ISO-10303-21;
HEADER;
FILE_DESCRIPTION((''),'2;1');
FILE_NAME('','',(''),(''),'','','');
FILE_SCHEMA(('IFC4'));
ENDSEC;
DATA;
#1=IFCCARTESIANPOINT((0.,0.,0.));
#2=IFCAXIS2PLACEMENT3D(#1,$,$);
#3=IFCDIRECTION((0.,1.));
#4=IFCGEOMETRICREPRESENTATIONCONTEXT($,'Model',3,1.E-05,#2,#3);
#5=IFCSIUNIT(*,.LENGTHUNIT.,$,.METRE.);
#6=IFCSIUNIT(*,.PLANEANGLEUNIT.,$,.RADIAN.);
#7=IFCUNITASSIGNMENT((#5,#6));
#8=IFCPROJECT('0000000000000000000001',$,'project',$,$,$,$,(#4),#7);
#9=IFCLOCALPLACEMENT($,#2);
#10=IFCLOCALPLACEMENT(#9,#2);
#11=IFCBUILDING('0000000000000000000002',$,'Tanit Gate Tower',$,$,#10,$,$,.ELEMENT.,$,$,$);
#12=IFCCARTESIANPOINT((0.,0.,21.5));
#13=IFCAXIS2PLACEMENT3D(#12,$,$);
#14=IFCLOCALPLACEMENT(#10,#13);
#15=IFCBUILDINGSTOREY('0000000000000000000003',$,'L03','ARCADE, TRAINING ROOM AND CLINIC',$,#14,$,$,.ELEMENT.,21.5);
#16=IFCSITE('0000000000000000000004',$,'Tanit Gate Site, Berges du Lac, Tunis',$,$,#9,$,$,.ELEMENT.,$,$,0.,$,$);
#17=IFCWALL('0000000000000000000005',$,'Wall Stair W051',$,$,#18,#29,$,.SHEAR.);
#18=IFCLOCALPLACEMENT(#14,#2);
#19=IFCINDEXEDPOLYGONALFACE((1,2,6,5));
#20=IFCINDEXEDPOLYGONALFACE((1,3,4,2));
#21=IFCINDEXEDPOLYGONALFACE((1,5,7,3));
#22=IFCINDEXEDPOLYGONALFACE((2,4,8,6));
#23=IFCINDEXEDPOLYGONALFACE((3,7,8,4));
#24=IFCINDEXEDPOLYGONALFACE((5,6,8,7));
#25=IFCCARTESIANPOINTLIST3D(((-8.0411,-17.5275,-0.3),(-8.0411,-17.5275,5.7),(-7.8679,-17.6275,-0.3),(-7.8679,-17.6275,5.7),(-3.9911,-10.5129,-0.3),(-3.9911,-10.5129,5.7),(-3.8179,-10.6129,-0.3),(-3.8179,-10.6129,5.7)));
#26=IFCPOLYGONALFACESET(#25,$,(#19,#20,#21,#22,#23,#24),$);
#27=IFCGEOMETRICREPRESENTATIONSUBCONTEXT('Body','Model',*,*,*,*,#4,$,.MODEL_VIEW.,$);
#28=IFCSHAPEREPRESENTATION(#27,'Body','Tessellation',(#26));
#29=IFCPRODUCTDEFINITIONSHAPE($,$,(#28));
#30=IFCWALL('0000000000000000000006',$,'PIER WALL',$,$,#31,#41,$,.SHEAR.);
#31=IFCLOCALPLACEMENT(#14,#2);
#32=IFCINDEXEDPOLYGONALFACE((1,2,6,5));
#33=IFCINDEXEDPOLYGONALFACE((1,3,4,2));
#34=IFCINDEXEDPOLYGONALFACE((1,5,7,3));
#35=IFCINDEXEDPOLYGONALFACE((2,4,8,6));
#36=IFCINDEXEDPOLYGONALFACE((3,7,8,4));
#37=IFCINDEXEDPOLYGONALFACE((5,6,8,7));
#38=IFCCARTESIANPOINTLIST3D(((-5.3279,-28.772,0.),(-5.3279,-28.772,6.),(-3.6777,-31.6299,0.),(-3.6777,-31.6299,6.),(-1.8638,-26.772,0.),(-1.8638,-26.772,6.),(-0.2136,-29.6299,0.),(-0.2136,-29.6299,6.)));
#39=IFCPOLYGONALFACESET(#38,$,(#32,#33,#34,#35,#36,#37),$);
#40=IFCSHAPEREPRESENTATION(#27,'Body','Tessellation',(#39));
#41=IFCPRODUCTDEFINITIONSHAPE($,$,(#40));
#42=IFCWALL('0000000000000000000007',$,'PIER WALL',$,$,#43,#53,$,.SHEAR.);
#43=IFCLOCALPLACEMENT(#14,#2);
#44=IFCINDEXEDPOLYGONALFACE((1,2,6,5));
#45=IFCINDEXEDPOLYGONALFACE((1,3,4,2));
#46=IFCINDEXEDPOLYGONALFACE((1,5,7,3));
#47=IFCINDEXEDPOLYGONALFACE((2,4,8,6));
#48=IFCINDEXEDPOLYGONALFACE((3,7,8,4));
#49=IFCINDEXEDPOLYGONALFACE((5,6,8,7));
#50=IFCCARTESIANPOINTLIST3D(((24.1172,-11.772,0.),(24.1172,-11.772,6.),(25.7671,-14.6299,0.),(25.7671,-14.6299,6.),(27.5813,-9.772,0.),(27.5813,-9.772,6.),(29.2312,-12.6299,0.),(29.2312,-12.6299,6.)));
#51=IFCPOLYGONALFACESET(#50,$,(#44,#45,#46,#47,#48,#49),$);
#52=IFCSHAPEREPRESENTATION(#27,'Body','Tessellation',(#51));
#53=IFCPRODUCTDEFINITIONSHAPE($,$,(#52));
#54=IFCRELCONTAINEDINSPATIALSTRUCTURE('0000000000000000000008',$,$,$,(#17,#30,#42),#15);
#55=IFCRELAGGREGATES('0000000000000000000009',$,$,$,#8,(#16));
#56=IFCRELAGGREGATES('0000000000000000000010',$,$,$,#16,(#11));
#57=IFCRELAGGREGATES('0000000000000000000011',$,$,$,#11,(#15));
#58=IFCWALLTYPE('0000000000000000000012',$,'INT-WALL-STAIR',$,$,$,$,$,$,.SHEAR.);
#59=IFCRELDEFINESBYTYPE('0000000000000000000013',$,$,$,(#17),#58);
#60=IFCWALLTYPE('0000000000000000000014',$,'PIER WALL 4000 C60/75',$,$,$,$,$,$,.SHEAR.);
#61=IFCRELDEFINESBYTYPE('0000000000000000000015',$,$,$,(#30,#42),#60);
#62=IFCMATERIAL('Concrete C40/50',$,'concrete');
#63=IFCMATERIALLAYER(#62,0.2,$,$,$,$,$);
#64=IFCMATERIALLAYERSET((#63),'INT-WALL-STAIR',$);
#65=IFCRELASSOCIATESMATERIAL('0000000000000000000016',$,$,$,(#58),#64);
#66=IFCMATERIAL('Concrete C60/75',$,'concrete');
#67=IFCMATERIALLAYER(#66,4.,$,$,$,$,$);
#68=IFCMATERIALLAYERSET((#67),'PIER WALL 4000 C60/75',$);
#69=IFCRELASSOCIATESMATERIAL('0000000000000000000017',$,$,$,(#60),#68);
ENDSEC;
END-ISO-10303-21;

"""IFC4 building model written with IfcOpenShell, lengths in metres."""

from ifc_helpers import new_model, si_unit, direction, frame, frame_2d, origin, place, context, subcontext, project, spatial, polyline, rectangle, outline, extrude, material, layer, layer_set, type_object, element, save


model = new_model("IFC4")

# Units and contexts
model_context = context("Model", 3, precision=1e-05, world=origin(), true_north=direction((0.0, 1.0)))
body_context = subcontext(model_context, "Body", "Model", "MODEL_VIEW")
ifc_project = project(units=[si_unit("LENGTHUNIT", "METRE"), si_unit("PLANEANGLEUNIT", "RADIAN")], contexts=[model_context])

# Site, building, storey
site_placement = place(None, origin())
site = spatial("IfcSite", under=ifc_project, at=site_placement, Name="Tanit Gate Site, Berges du Lac, Tunis", CompositionType="ELEMENT", RefElevation=0.0)
building_placement = place(site_placement, origin())
building = spatial("IfcBuilding", under=site, at=building_placement, Name="Tanit Gate Tower", CompositionType="ELEMENT")
storey_placement = place(building_placement, frame((0.0, 0.0, 21.5)))
storey = spatial("IfcBuildingStorey", under=building, at=storey_placement, Name="L03", Description="ARCADE, TRAINING ROOM AND CLINIC", CompositionType="ELEMENT", Elevation=21.5)

# Walls
ifc_material_1 = material(Name="Concrete C40/50", Category="concrete")
ifc_layer_1 = layer(ifc_material_1, 0.2)
ifc_layer_set_1 = layer_set([ifc_layer_1], Name="INT-WALL-STAIR")
wall_type_1 = type_object("IfcWallType", Name="INT-WALL-STAIR", PredefinedType="SHEAR", material=ifc_layer_set_1)
wall_1_placement = place(storey_placement, frame((-3.9045, -10.563, -0.3), z_axis=(0.0, 0.0, 1.0), x_axis=(-0.500013, -0.866018, 0.0)))
element("IfcWall", 1, at=wall_1_placement, inside=storey, type_object=wall_type_1, Name="Wall Stair W051", PredefinedType="SHEAR", context=body_context, shape_type="SweptSolid", body=[
    extrude(rectangle(XDim=8.0999, YDim=0.2, at=frame_2d((4.0498, 0.0))), origin(), (0.0, 0.0, 1.0), 6.0),
])
ifc_material_2 = material(Name="Concrete C60/75", Category="concrete")
ifc_layer_2 = layer(ifc_material_2, 4.0)
ifc_layer_set_2 = layer_set([ifc_layer_2], Name="PIER WALL 4000 C60/75")
wall_type_2 = type_object("IfcWallType", Name="PIER WALL 4000 C60/75", PredefinedType="SHEAR", material=ifc_layer_set_2)
wall_2_placement = place(storey_placement, origin())
element("IfcWall", 2, at=wall_2_placement, inside=storey, type_object=wall_type_2, Name="PIER WALL", PredefinedType="SHEAR", context=body_context, shape_type="SweptSolid", body=[
    extrude(outline(polyline([(-3.6777, -31.6299), (-0.2136, -29.6299), (-1.8638, -26.772), (-5.3279, -28.772), (-3.6777, -31.6299)])), origin(), (0.0, 0.0, 1.0), 6.0),
])
wall_3_placement = place(storey_placement, origin())
element("IfcWall", 3, at=wall_3_placement, inside=storey, type_object=wall_type_2, Name="PIER WALL", PredefinedType="SHEAR", context=body_context, shape_type="SweptSolid", body=[
    extrude(outline(polyline([(25.7671, -14.6299), (29.2312, -12.6299), (27.5813, -9.772), (24.1172, -11.772), (25.7671, -14.6299)])), origin(), (0.0, 0.0, 1.0), 6.0),
])

save(model, "model.ifc")
